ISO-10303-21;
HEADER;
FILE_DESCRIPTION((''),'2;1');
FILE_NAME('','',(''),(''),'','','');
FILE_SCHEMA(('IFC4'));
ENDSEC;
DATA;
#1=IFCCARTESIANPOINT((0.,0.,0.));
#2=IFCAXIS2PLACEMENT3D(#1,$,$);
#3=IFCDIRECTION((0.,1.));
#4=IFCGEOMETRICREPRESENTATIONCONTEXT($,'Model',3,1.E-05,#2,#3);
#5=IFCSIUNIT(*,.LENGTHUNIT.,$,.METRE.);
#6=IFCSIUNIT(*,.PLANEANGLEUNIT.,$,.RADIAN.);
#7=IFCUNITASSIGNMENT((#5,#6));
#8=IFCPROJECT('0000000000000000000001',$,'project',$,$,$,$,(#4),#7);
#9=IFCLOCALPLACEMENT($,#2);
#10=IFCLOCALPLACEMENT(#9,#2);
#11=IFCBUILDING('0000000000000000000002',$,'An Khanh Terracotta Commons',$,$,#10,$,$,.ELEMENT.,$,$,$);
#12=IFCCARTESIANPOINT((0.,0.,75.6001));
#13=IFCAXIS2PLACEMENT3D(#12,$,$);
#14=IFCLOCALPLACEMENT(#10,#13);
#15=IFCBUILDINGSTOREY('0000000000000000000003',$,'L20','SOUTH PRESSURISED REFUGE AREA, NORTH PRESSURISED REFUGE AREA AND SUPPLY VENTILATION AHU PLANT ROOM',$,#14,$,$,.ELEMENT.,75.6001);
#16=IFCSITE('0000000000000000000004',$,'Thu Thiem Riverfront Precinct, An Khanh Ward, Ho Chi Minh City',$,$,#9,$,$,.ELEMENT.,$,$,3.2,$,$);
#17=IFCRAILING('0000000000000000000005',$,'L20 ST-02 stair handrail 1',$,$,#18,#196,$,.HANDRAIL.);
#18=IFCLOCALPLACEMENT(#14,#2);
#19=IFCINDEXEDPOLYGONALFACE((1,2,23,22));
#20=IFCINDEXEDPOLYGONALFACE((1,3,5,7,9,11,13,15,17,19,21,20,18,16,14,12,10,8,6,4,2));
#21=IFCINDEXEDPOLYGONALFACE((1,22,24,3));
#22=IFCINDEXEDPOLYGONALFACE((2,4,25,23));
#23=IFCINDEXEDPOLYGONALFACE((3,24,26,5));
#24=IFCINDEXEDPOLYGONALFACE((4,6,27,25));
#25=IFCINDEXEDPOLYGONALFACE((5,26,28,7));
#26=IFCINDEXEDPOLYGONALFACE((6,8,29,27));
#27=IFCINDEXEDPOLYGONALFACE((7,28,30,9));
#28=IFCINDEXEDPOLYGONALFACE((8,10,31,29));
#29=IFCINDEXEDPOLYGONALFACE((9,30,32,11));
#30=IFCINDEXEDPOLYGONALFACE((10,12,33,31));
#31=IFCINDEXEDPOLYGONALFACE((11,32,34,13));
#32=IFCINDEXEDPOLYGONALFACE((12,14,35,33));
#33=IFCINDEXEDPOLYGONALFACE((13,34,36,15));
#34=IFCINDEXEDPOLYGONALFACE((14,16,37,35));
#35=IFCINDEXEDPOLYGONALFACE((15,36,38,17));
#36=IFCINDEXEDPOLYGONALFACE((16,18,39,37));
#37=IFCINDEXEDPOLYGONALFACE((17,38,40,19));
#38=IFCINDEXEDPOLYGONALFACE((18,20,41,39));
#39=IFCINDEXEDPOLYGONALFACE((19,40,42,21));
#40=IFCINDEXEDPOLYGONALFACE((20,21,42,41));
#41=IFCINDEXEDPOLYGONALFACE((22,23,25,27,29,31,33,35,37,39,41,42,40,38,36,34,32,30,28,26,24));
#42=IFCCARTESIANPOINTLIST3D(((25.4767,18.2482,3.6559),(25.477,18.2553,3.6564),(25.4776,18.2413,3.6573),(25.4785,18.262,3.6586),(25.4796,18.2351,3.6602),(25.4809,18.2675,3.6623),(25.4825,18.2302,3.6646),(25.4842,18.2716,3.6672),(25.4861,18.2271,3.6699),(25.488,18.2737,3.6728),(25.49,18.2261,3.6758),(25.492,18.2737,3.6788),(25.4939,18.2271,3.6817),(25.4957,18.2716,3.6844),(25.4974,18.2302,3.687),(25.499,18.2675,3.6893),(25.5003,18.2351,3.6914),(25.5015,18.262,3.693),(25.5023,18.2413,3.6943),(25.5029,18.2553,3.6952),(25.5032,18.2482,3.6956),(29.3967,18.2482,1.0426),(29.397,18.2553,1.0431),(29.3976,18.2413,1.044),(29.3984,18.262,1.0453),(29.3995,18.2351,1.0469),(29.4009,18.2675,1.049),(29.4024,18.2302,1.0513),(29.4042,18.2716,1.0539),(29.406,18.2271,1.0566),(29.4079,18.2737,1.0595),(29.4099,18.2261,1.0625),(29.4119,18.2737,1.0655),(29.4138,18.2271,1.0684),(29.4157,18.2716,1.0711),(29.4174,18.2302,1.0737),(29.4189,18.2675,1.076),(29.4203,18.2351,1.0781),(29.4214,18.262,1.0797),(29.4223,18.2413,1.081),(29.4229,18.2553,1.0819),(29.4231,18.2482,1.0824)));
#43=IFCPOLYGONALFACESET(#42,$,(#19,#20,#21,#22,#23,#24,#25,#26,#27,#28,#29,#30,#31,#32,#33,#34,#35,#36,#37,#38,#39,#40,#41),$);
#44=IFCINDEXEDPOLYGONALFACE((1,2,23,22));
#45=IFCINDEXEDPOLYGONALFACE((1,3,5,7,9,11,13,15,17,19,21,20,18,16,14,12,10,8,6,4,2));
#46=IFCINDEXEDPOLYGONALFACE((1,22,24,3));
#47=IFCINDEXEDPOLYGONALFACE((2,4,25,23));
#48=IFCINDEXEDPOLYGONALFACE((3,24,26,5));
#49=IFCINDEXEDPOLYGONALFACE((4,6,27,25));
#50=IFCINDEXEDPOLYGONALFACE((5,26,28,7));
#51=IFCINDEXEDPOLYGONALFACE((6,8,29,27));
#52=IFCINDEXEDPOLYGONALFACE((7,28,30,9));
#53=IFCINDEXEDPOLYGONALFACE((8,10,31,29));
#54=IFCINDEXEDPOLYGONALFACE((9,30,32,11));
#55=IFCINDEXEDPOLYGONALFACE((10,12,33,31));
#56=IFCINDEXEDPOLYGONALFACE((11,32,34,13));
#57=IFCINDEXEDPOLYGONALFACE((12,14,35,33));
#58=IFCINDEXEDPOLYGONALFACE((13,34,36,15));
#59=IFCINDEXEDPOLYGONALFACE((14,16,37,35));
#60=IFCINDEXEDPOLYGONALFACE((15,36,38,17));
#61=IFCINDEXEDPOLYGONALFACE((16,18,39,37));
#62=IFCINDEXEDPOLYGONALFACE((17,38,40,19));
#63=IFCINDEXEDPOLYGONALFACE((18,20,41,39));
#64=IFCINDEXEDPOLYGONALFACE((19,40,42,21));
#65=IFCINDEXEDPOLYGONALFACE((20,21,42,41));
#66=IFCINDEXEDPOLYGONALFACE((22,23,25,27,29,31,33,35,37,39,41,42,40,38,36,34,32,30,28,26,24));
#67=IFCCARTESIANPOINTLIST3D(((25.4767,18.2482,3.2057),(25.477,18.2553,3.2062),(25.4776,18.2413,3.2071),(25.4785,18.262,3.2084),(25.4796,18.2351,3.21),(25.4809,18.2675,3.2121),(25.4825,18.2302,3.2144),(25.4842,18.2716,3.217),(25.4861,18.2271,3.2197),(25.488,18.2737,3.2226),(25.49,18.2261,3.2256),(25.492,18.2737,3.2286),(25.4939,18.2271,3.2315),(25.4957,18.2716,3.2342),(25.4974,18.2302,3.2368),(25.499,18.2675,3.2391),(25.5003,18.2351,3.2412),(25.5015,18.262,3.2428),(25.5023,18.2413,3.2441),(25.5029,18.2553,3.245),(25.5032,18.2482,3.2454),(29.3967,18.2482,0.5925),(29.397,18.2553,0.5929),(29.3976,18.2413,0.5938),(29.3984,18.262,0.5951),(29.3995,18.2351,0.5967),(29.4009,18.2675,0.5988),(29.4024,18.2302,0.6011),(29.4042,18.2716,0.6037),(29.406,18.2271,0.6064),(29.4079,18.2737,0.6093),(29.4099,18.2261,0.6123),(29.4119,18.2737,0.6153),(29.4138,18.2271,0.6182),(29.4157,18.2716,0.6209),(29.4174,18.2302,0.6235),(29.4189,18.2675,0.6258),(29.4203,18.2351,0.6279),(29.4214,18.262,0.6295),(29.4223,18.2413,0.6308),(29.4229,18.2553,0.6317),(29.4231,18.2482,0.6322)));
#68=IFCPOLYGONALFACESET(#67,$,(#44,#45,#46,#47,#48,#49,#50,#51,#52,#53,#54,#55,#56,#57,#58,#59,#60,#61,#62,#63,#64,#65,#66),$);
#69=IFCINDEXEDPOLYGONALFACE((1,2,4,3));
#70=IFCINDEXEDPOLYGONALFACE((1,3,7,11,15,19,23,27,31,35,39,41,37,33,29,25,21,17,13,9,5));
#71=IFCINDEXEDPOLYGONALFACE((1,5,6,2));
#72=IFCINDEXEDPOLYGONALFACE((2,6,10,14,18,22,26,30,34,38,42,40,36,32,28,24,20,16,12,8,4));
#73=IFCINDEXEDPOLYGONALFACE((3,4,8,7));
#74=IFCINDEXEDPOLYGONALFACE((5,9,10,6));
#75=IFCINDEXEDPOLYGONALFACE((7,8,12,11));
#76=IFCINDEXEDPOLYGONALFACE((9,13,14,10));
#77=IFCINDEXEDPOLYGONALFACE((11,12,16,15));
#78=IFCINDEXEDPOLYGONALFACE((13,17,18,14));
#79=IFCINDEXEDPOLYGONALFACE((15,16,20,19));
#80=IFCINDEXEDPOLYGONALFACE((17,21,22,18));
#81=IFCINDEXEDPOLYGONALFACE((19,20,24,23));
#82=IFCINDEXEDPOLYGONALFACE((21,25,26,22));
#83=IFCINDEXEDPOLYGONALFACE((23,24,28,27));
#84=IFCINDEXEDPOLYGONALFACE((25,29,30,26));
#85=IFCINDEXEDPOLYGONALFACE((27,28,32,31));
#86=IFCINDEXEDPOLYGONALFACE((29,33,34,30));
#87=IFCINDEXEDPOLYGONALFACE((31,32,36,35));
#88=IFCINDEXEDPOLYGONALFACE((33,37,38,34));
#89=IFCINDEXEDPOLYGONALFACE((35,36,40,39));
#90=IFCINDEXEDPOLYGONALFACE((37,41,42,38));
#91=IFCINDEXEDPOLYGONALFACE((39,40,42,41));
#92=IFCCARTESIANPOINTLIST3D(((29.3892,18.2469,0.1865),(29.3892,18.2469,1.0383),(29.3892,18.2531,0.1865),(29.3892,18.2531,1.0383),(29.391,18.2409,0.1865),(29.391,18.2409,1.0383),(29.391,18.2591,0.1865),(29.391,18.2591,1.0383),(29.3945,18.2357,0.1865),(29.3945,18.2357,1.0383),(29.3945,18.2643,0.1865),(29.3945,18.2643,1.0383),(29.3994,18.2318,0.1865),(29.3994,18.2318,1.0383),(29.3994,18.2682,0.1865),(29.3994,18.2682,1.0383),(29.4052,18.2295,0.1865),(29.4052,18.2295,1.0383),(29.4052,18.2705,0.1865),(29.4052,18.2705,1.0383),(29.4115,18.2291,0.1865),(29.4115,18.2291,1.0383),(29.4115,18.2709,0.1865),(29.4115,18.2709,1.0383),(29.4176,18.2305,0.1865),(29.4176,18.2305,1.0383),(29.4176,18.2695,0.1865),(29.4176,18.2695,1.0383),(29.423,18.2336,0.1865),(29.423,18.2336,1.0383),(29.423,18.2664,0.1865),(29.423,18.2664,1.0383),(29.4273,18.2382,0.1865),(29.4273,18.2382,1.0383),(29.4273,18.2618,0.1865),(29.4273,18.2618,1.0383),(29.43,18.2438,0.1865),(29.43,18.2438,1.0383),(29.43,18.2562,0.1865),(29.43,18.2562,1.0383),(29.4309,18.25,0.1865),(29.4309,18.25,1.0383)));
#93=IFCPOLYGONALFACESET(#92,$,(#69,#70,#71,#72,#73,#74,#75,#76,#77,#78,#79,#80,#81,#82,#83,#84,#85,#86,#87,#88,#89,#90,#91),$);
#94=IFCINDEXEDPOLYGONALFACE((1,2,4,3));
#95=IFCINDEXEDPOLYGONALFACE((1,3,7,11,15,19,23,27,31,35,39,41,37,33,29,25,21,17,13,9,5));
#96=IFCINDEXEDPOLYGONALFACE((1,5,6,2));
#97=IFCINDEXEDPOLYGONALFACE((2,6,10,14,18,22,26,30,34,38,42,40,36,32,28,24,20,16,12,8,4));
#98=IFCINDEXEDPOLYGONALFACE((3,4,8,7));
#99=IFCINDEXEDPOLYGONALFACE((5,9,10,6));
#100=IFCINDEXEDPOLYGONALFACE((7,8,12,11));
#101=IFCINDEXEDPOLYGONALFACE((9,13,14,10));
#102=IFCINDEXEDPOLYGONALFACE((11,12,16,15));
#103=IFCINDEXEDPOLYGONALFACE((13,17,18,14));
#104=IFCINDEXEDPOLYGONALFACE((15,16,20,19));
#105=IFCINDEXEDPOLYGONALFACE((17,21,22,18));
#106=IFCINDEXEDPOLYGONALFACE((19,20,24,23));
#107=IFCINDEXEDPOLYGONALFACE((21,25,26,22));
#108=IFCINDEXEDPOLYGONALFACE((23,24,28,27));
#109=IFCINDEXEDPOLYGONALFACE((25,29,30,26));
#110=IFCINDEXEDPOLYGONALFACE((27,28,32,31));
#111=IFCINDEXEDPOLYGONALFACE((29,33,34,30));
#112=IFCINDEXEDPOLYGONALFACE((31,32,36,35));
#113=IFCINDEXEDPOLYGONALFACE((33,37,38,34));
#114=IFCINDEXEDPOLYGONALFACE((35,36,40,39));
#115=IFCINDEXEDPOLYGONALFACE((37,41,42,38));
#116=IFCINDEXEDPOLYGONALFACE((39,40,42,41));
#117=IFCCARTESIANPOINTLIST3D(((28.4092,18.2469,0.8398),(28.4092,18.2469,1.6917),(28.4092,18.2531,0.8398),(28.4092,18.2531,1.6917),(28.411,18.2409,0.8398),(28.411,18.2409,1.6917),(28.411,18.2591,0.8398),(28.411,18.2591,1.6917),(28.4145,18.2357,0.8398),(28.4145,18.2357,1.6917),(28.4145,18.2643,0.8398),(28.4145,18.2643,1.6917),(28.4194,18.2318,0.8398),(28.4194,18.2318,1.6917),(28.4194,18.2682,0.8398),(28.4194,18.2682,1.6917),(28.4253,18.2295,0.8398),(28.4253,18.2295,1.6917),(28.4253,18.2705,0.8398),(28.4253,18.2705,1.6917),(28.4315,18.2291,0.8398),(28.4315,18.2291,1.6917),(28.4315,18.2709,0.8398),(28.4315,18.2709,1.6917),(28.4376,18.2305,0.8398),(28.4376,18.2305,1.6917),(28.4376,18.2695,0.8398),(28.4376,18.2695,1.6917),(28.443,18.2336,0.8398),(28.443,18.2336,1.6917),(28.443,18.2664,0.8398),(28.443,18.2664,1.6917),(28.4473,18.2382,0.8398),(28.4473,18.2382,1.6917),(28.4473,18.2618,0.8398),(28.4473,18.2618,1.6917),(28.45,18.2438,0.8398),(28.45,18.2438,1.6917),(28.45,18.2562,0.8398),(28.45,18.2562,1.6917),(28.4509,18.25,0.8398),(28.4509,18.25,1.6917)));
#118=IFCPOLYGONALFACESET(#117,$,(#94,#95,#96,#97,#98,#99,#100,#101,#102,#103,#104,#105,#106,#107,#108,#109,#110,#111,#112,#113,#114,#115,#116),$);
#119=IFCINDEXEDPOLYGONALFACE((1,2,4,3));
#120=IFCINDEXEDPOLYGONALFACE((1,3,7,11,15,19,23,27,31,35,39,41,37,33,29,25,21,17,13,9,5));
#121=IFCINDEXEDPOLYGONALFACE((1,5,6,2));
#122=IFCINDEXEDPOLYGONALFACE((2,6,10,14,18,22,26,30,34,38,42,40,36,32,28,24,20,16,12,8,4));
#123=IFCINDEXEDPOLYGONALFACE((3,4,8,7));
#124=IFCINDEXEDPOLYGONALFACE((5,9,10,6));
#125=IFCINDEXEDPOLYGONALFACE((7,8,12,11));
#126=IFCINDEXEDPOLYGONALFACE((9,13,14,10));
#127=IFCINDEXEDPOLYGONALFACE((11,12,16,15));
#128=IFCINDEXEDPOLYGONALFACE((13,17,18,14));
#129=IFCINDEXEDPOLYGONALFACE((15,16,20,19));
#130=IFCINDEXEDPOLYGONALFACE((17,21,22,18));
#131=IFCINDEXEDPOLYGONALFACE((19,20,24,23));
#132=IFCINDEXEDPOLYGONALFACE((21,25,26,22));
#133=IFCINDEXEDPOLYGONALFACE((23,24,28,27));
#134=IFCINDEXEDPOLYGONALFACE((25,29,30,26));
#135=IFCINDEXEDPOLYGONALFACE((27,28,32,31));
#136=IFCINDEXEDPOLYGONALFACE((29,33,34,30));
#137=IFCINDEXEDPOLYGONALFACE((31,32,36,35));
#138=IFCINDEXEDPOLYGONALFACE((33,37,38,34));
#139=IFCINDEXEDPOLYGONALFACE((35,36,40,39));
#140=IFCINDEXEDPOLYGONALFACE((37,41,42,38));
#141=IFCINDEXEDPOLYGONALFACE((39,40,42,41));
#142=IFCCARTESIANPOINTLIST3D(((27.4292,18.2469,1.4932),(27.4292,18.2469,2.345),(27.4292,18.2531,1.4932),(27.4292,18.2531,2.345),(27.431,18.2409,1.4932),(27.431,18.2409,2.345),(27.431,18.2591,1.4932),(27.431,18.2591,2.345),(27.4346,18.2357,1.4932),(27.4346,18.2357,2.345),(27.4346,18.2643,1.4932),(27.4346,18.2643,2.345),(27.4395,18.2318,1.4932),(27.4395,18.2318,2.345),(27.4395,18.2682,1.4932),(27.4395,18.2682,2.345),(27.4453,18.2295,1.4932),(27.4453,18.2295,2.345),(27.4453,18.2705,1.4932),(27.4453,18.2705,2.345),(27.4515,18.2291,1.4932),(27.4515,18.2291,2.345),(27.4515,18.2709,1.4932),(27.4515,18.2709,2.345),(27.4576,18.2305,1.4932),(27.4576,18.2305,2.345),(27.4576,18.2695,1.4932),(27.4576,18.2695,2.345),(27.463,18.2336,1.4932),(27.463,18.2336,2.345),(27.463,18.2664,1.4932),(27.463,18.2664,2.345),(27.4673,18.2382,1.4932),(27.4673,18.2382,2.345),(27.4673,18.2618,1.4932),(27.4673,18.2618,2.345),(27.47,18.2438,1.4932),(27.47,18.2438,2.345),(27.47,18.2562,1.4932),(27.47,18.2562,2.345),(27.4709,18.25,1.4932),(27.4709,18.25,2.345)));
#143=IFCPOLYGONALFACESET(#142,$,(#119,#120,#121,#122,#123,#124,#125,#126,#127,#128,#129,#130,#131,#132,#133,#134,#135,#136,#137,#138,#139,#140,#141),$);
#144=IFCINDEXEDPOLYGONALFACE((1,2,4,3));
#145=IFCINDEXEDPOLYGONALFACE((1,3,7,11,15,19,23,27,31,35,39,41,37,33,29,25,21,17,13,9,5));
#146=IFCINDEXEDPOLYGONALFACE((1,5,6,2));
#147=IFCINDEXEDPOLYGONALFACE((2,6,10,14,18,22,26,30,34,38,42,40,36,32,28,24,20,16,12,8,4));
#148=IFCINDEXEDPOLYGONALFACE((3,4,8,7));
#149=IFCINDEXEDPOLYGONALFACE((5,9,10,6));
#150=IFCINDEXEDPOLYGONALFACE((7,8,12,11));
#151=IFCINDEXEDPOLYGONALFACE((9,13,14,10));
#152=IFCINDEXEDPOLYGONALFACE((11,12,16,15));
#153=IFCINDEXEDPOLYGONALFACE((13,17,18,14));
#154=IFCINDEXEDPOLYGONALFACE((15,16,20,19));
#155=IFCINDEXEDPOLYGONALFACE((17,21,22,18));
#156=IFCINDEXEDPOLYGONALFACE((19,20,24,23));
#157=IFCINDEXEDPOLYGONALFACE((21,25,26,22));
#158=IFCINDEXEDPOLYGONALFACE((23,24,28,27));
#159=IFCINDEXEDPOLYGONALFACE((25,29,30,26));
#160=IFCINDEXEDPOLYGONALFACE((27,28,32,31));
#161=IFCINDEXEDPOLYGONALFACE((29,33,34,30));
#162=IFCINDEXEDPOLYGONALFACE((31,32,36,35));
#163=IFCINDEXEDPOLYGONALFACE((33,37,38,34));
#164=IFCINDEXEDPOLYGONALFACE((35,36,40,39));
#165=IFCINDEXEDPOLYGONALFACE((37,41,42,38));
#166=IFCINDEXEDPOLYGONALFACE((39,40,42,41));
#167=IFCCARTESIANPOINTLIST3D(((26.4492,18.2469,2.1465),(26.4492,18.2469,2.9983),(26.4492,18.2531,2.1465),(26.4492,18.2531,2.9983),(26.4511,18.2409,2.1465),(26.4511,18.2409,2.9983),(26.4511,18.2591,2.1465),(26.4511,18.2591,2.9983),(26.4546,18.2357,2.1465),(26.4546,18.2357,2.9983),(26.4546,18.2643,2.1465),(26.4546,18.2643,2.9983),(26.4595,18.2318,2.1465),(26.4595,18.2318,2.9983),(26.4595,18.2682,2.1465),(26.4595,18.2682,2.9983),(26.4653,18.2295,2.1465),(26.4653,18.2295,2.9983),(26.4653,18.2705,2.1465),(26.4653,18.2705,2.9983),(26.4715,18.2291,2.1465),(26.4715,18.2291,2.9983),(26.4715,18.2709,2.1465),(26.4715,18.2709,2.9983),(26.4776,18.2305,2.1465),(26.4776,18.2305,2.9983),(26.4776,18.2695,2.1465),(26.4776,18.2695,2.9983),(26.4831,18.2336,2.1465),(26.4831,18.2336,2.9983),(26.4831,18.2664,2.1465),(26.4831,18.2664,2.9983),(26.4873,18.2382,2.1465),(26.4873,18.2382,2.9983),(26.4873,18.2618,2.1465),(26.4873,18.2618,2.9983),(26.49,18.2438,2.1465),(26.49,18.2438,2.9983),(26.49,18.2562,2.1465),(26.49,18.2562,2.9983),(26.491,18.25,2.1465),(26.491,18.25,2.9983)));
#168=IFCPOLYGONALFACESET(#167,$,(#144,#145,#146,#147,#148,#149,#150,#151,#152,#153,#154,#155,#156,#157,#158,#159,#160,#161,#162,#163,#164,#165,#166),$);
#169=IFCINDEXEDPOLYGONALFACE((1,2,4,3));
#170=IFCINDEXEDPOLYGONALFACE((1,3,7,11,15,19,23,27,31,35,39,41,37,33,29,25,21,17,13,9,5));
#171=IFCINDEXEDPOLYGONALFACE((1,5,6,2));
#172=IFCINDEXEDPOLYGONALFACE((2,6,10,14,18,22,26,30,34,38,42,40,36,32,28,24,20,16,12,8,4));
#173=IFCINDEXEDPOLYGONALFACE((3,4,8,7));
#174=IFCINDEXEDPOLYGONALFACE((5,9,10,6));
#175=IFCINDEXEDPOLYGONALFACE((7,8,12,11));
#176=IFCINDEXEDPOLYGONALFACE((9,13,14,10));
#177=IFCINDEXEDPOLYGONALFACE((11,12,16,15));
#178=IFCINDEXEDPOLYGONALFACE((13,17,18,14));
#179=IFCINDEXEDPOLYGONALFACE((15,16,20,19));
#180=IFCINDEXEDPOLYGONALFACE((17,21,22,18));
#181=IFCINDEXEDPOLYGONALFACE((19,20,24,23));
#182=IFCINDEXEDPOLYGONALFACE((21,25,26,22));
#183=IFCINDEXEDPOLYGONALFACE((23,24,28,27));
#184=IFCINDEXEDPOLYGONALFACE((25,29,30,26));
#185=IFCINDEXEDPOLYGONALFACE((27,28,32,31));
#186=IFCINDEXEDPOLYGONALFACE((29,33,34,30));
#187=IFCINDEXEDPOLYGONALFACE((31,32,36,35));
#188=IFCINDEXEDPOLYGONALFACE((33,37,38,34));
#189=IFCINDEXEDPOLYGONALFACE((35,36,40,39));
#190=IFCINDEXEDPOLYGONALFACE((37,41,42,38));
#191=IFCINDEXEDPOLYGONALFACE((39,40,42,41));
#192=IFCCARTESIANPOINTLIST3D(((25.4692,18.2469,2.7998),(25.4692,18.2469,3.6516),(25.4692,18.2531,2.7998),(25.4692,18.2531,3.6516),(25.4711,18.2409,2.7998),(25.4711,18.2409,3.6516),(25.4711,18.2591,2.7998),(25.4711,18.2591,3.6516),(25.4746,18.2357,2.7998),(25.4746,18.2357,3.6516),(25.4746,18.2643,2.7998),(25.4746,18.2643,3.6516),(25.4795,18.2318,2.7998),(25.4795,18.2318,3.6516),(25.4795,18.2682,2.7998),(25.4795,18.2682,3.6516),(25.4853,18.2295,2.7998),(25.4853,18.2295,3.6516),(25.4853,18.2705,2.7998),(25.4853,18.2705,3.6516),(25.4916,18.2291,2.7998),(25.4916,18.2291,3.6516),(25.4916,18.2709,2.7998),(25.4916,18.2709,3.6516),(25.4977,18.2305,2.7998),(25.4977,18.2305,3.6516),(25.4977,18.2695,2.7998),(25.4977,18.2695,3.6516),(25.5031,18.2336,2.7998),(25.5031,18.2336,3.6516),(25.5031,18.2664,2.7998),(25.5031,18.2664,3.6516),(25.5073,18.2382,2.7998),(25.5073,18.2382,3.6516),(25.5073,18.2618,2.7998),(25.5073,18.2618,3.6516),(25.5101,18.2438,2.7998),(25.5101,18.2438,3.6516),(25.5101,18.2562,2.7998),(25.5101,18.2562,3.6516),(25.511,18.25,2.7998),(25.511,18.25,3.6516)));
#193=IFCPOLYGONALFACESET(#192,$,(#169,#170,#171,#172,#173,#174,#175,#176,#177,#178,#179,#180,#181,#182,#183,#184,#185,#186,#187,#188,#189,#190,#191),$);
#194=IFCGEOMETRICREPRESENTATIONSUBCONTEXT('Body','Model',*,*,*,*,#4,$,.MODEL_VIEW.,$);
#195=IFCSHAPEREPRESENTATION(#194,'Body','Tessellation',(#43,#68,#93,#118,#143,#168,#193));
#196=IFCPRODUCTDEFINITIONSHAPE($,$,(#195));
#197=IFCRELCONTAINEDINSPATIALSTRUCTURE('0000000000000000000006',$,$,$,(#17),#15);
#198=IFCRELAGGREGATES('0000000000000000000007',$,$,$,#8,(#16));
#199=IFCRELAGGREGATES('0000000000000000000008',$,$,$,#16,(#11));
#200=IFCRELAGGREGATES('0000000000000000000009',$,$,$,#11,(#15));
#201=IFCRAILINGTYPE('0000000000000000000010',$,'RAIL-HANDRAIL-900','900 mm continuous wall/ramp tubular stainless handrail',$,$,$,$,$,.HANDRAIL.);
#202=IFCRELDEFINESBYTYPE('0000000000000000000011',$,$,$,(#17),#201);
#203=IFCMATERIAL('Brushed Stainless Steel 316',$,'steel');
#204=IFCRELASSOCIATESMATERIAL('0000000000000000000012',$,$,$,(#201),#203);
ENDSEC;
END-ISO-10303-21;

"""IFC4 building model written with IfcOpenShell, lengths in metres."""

from ifc_helpers import new_model, si_unit, direction, frame, origin, origin_2d, place, context, subcontext, project, spatial, circle, extrude, material, type_object, element, save


model = new_model("IFC4")

# Units and contexts
model_context = context("Model", 3, precision=1e-05, world=origin(), true_north=direction((0.0, 1.0)))
body_context = subcontext(model_context, "Body", "Model", "MODEL_VIEW")
ifc_project = project(units=[si_unit("LENGTHUNIT", "METRE"), si_unit("PLANEANGLEUNIT", "RADIAN")], contexts=[model_context])

# Site, building, storey
site_placement = place(None, origin())
site = spatial("IfcSite", under=ifc_project, at=site_placement, Name="Thu Thiem Riverfront Precinct, An Khanh Ward, Ho Chi Minh City", CompositionType="ELEMENT", RefElevation=3.2)
building_placement = place(site_placement, origin())
building = spatial("IfcBuilding", under=site, at=building_placement, Name="An Khanh Terracotta Commons", CompositionType="ELEMENT")
storey_placement = place(building_placement, frame((0.0, 0.0, 75.6001)))
storey = spatial("IfcBuildingStorey", under=building, at=storey_placement, Name="L20", Description="SOUTH PRESSURISED REFUGE AREA, NORTH PRESSURISED REFUGE AREA AND SUPPLY VENTILATION AHU PLANT ROOM", CompositionType="ELEMENT", Elevation=75.6001)

# Railing
ifc_material_1 = material(Name="Brushed Stainless Steel 316", Category="steel")
railing_type = type_object("IfcRailingType", Name="RAIL-HANDRAIL-900", Description="900 mm continuous wall/ramp tubular stainless handrail", PredefinedType="HANDRAIL", material=ifc_material_1)
railing_placement = place(storey_placement, frame((29.4099, 18.25, 0.1865)))
element("IfcRailing", 1, at=railing_placement, inside=storey, type_object=railing_type, Name="L20 ST-02 stair handrail 1", PredefinedType="HANDRAIL", context=body_context, shape_type="SweptSolid", body=[
    extrude(circle(Radius=0.0239, at=origin_2d()), frame((0.0, 0.0, 0.876), z_axis=(-0.83205, 0.0, 0.5547), x_axis=(0.0, -1.0, 0.0)), (0.0, 0.0, 1.0), 4.7112),
    extrude(circle(Radius=0.0239, at=origin_2d()), frame((0.0, 0.0, 0.4258), z_axis=(-0.83205, 0.0, 0.5547), x_axis=(0.0, -1.0, 0.0)), (0.0, 0.0, 1.0), 4.7112),
    extrude(circle(Radius=0.021, at=origin_2d()), origin(), (0.0, 0.0, 1.0), 0.8518),
    extrude(circle(Radius=0.021, at=origin_2d()), frame((-0.98, 0.0, 0.6533)), (0.0, 0.0, 1.0), 0.8518),
    extrude(circle(Radius=0.021, at=origin_2d()), frame((-1.96, 0.0, 1.3066)), (0.0, 0.0, 1.0), 0.8518),
    extrude(circle(Radius=0.021, at=origin_2d()), frame((-2.9399, 0.0, 1.96)), (0.0, 0.0, 1.0), 0.8518),
    extrude(circle(Radius=0.021, at=origin_2d()), frame((-3.9199, 0.0, 2.6133)), (0.0, 0.0, 1.0), 0.8518),
])

save(model, "model.ifc")
